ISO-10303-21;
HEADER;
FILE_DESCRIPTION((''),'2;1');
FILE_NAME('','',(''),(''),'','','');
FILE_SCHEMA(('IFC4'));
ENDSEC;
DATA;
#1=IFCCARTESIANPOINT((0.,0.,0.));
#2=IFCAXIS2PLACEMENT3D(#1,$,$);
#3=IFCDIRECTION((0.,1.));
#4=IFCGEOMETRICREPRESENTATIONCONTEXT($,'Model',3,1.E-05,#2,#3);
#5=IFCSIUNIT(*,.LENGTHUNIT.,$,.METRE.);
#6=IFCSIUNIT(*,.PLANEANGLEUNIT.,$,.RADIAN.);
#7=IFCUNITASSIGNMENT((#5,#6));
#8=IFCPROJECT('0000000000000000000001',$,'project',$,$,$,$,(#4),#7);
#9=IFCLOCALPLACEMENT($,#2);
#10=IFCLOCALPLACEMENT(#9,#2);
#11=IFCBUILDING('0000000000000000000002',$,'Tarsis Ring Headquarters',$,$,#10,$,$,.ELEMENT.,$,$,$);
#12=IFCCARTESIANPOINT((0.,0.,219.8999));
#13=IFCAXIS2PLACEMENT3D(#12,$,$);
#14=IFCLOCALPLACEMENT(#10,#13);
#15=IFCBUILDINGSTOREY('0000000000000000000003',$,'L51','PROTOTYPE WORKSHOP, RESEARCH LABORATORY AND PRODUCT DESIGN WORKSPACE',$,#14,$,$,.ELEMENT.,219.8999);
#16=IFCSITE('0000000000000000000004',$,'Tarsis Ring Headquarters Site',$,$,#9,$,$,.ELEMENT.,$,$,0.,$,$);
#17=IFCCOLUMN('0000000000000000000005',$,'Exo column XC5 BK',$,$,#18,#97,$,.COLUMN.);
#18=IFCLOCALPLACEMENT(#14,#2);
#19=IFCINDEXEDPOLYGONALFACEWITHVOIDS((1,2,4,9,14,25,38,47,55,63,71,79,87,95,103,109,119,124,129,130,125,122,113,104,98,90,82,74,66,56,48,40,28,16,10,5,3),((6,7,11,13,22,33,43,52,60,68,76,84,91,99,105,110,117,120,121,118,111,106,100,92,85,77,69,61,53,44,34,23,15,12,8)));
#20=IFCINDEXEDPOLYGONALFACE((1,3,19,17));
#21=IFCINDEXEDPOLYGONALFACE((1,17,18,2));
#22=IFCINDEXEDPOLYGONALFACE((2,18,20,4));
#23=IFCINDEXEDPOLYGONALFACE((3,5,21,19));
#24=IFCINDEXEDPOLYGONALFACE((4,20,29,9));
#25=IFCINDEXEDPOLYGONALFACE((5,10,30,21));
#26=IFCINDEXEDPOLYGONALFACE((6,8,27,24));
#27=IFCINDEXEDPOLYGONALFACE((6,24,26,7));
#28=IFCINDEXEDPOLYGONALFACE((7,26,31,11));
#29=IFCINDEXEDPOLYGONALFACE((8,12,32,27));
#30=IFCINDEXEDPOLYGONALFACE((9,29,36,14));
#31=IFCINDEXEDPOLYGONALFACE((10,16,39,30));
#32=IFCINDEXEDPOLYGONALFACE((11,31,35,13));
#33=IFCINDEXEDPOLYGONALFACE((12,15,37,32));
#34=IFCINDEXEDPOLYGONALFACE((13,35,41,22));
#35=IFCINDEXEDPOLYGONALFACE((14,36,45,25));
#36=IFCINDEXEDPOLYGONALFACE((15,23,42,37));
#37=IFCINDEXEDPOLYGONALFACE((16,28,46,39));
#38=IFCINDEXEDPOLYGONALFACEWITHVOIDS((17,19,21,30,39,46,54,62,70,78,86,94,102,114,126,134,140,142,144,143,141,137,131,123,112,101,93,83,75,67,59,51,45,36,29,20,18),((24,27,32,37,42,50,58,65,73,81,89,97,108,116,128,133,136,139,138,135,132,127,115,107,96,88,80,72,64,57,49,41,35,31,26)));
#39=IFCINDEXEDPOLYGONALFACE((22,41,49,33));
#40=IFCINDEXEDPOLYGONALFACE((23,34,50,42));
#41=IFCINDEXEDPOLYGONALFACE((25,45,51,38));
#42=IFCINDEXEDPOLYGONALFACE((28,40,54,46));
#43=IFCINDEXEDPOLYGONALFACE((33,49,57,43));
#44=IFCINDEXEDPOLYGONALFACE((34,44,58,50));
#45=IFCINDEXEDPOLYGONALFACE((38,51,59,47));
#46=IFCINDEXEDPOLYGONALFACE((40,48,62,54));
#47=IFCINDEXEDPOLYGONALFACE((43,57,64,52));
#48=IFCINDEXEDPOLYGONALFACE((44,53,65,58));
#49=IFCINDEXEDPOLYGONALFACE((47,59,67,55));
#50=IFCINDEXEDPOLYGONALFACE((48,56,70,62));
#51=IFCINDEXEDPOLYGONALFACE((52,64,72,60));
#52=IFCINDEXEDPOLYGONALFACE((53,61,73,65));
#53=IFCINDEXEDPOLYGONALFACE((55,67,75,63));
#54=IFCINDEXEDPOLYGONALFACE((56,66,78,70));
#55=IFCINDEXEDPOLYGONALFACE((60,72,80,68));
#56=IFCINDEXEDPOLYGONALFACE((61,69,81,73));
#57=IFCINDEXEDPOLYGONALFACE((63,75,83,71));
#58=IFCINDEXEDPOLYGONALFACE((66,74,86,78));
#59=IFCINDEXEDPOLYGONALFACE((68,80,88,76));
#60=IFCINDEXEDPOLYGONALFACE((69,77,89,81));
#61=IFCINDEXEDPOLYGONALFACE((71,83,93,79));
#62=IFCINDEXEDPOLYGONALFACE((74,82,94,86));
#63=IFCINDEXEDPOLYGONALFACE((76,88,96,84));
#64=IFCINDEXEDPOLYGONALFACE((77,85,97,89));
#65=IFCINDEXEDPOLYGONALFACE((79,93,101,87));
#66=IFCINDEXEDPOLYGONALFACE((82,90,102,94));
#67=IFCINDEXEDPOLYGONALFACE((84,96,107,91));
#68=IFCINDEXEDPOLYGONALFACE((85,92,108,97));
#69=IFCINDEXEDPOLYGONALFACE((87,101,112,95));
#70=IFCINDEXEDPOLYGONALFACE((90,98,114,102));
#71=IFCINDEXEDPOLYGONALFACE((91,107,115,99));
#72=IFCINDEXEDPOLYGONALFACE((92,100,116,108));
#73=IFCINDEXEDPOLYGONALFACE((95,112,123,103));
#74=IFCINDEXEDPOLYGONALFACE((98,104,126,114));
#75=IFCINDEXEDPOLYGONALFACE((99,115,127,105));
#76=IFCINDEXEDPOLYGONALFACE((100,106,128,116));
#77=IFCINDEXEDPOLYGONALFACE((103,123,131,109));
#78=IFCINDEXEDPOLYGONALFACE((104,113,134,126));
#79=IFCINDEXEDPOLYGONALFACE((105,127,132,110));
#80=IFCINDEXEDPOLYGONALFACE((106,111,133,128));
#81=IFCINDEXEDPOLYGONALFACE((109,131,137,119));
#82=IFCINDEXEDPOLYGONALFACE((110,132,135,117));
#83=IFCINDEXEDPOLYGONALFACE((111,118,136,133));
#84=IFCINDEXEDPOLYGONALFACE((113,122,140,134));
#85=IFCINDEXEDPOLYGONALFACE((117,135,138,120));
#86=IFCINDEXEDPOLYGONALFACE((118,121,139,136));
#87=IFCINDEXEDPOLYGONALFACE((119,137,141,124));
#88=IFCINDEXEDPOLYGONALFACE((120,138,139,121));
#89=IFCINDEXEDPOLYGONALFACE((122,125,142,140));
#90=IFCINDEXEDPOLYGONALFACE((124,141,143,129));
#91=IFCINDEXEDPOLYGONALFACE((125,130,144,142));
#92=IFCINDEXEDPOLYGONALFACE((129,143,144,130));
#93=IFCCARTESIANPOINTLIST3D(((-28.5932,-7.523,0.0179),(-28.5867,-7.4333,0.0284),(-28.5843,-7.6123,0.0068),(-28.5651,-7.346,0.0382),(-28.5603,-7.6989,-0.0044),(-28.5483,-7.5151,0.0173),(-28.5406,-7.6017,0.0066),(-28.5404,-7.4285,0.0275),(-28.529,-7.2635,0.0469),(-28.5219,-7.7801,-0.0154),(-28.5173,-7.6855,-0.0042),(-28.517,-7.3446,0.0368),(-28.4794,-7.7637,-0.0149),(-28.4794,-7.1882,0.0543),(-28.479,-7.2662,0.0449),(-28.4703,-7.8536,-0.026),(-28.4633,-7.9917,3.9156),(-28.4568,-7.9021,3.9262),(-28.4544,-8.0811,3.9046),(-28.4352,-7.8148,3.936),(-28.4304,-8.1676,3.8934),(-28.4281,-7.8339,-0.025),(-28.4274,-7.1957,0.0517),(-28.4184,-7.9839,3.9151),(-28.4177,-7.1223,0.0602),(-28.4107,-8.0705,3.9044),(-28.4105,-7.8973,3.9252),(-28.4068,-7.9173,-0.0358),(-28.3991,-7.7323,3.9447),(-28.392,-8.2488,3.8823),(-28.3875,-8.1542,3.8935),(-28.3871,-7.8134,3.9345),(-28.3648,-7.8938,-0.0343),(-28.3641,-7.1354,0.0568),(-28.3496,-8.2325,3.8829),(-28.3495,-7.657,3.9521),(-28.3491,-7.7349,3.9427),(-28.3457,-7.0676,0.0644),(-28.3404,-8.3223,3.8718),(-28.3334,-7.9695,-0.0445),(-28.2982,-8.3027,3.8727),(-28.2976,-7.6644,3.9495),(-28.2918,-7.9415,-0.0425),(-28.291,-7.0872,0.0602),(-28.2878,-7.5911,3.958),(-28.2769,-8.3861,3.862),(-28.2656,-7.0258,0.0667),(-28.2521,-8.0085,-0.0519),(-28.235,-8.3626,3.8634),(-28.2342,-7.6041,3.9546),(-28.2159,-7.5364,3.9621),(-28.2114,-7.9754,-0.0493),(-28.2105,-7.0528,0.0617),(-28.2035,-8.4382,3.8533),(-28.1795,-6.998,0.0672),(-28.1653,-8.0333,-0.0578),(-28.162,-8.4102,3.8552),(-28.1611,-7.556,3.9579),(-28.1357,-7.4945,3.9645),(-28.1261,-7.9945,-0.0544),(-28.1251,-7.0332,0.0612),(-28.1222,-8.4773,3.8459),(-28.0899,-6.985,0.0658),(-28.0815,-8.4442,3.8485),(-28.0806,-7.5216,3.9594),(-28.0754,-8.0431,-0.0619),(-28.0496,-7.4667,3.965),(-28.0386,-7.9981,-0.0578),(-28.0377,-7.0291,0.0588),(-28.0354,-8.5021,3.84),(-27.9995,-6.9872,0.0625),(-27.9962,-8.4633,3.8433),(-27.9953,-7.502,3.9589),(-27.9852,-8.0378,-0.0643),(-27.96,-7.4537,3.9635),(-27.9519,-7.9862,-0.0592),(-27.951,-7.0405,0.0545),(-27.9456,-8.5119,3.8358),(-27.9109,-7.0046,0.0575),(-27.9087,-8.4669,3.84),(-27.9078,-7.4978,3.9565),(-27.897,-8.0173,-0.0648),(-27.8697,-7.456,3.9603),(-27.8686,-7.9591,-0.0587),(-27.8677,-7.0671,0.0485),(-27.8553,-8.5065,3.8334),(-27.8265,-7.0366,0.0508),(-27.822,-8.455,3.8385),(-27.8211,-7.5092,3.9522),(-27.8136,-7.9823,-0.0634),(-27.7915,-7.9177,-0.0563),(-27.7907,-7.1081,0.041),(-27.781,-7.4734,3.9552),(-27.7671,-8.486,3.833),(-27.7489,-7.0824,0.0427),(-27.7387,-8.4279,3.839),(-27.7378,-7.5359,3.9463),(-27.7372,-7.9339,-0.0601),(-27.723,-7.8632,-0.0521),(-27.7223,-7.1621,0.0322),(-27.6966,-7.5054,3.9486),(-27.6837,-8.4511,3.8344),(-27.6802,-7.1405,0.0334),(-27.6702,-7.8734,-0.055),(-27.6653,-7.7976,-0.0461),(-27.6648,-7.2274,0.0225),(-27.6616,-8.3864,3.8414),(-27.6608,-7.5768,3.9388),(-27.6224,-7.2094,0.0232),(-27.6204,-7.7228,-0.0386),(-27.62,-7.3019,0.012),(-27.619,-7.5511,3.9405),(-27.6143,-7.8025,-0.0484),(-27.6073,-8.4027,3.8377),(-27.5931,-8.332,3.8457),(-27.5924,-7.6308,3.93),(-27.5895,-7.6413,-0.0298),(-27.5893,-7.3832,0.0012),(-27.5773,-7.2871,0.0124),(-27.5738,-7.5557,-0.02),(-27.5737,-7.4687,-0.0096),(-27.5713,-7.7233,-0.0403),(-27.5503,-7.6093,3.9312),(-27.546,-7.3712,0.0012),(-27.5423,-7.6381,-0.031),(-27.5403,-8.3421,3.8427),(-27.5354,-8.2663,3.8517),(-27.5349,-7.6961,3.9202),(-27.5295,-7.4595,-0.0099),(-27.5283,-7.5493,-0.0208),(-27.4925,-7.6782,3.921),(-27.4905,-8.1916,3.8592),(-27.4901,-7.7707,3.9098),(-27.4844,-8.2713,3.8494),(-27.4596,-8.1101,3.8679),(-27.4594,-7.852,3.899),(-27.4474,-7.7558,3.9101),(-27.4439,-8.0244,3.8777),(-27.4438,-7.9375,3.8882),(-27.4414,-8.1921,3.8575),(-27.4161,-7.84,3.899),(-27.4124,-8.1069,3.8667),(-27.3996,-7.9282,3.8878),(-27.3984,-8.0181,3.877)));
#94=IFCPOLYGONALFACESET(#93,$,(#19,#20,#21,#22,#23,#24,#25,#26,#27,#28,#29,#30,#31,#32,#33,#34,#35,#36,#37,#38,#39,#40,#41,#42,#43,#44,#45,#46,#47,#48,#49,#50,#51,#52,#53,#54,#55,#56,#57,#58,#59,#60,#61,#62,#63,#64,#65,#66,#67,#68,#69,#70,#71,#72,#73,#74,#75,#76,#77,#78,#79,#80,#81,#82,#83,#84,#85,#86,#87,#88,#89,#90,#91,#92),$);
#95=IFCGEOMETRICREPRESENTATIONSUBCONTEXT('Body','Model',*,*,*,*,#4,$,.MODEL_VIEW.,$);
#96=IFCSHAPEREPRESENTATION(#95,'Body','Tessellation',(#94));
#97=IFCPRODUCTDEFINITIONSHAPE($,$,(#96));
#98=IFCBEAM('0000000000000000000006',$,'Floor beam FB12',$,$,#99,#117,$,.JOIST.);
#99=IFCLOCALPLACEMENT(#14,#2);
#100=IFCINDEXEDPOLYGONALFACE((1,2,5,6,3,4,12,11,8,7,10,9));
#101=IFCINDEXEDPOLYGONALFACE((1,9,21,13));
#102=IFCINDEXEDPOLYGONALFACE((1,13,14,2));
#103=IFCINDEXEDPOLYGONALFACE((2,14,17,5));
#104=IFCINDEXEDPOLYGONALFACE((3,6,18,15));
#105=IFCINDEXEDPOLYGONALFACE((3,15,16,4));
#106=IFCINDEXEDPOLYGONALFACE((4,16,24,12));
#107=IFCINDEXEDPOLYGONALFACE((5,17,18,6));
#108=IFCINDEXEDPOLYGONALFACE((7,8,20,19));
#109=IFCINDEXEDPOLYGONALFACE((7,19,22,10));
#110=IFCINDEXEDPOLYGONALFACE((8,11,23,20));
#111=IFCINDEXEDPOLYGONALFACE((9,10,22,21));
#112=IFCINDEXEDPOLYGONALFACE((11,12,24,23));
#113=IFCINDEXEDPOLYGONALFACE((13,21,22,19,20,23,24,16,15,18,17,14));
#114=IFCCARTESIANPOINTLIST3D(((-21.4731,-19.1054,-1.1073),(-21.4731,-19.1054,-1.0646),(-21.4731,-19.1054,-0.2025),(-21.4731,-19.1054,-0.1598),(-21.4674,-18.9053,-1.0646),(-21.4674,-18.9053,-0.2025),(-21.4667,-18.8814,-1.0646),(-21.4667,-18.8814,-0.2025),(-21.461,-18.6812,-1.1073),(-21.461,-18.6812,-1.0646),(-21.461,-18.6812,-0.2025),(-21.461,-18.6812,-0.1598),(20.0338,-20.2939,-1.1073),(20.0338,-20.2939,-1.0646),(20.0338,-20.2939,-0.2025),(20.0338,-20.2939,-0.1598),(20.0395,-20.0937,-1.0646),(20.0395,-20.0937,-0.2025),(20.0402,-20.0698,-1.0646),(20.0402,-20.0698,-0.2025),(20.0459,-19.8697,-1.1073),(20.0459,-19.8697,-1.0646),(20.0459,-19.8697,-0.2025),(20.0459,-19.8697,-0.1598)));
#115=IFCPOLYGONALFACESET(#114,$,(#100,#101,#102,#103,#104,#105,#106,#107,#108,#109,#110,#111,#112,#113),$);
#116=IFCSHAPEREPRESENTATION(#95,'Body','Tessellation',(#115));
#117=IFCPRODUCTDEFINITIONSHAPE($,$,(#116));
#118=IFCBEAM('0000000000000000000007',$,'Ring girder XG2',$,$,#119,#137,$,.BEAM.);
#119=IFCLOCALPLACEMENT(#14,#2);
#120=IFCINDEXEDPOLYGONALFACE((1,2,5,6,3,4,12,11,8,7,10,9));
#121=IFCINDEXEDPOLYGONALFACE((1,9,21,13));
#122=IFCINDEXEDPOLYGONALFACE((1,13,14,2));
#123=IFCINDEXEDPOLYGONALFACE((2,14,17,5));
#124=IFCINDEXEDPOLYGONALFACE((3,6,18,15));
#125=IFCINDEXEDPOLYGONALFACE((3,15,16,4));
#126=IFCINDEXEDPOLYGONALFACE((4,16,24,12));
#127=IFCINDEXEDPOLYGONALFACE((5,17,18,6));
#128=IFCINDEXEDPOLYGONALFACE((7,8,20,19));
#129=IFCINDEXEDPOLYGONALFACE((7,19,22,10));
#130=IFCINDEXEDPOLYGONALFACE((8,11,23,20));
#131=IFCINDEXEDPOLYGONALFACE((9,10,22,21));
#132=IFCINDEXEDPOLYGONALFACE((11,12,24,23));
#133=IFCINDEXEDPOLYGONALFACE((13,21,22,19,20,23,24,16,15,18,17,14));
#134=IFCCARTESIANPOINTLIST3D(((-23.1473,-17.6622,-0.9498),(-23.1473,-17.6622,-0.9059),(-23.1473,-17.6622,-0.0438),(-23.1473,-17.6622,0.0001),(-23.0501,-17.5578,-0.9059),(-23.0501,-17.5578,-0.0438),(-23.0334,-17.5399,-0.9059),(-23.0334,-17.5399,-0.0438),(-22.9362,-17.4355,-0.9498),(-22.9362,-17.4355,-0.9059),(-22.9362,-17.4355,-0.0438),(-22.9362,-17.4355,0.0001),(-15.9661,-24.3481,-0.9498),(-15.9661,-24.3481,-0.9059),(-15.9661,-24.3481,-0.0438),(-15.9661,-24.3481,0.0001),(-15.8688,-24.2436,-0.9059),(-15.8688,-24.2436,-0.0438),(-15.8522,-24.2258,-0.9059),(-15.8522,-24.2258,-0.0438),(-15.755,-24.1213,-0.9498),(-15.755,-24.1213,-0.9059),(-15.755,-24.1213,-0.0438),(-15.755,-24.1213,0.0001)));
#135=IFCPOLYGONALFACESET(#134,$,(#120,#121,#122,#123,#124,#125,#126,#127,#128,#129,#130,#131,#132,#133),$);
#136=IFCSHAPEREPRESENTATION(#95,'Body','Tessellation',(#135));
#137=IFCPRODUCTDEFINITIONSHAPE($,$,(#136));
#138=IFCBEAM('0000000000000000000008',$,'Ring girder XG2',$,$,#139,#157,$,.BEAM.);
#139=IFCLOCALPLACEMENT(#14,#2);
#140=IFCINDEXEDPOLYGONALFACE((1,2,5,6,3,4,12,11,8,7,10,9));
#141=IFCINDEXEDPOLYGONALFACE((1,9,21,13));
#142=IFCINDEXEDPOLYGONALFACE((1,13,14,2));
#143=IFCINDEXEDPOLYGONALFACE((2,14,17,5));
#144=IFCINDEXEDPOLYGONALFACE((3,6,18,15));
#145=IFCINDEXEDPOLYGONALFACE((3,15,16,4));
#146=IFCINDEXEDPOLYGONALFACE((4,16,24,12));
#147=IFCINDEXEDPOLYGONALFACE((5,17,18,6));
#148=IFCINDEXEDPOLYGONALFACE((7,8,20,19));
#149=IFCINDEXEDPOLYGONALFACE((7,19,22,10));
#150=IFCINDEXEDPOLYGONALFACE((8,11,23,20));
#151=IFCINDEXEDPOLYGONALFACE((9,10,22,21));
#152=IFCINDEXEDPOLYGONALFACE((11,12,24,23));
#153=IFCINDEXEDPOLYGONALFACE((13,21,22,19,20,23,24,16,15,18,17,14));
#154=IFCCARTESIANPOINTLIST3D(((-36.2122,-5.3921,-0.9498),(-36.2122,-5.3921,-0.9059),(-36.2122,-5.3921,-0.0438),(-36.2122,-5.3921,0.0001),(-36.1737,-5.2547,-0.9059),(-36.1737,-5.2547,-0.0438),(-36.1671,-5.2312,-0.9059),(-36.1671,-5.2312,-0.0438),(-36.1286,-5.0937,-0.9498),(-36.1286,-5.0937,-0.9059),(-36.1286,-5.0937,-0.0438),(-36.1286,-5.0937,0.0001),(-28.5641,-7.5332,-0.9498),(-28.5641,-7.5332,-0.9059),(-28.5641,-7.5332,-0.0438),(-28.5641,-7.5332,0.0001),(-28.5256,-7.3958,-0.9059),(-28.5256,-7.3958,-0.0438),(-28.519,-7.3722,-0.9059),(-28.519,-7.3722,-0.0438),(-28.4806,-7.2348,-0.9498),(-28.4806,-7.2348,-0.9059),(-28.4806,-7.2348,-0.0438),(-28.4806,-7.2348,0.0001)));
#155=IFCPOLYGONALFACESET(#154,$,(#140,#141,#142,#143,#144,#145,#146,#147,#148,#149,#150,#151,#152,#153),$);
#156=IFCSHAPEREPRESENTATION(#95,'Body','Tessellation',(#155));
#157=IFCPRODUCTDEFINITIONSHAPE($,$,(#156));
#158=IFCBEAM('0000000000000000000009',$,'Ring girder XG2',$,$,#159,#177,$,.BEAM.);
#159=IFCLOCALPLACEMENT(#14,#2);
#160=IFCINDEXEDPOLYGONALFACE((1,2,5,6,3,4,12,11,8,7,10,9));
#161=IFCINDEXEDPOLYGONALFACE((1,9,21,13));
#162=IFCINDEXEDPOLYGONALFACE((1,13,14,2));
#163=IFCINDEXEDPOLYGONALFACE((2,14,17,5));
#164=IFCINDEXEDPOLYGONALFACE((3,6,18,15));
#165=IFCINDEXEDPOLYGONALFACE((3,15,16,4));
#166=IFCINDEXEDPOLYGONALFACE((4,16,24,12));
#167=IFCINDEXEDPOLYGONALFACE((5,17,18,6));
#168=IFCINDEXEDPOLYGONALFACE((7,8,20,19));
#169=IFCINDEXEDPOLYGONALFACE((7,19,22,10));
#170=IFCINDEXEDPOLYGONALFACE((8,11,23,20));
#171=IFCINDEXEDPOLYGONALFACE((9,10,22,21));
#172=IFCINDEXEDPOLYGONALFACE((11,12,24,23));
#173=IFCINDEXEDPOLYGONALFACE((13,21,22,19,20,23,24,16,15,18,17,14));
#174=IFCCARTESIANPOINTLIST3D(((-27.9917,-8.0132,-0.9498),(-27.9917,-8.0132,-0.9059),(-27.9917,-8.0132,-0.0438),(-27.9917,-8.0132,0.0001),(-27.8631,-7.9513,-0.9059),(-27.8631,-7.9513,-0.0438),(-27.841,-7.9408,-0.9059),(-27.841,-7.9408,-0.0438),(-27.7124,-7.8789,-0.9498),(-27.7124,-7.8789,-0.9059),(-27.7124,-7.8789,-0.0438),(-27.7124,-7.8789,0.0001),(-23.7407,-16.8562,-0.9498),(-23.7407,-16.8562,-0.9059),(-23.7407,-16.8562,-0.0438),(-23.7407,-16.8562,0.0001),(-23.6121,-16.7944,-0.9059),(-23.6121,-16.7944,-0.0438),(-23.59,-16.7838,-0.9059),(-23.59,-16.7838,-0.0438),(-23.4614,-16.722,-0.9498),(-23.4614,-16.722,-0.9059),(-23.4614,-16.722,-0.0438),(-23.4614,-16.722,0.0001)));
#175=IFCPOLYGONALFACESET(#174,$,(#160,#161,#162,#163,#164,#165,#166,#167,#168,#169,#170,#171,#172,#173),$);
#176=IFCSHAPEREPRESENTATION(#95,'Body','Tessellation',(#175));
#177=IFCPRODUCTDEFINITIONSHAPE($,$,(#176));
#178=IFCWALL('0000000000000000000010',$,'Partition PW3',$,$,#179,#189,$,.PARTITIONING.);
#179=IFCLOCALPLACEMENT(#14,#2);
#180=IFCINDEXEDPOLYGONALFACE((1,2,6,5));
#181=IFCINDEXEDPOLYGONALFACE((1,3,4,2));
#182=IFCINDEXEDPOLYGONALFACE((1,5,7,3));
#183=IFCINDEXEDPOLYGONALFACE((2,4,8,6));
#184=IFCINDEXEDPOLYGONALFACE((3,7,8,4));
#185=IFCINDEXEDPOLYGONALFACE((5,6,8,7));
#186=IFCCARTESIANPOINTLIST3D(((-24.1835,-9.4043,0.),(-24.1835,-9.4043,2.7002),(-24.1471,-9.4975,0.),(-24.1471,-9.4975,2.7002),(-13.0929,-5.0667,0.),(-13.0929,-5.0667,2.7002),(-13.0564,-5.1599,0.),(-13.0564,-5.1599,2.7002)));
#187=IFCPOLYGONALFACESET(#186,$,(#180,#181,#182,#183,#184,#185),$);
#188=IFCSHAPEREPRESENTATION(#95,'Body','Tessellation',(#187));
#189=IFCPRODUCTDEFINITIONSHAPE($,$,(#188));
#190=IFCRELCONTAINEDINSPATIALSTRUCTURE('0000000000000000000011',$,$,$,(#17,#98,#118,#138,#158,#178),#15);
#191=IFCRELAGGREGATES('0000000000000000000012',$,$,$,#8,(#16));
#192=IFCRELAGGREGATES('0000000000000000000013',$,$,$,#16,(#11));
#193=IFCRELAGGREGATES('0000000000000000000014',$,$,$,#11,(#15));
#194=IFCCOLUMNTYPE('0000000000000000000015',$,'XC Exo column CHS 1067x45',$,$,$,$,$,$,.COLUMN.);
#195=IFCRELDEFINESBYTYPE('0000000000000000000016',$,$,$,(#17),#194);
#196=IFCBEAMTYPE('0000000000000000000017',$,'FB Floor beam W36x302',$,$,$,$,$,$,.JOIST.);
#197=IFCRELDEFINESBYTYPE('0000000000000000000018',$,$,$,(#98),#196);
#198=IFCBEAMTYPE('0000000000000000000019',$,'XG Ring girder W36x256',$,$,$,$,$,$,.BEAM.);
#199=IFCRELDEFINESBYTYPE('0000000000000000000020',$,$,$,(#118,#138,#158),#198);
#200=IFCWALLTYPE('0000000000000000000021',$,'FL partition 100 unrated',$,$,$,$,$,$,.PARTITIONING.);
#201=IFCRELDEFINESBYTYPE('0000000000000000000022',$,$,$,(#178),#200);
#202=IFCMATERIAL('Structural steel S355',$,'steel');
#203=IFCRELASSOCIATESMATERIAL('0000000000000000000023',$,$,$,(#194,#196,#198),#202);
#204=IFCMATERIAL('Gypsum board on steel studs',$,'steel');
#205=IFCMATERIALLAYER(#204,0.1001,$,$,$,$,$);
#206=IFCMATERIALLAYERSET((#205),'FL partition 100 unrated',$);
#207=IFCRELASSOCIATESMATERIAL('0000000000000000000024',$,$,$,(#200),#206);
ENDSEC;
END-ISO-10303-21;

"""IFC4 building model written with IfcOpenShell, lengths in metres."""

from ifc_helpers import new_model, si_unit, direction, frame, frame_2d, origin, origin_2d, place, context, subcontext, project, spatial, rectangle, hollow_circle, i_section, extrude, material, layer, layer_set, material_profile, profile_set, type_object, element, save


model = new_model("IFC4")

# Units and contexts
model_context = context("Model", 3, precision=1e-05, world=origin(), true_north=direction((0.0, 1.0)))
body_context = subcontext(model_context, "Body", "Model", "MODEL_VIEW")
ifc_project = project(units=[si_unit("LENGTHUNIT", "METRE"), si_unit("PLANEANGLEUNIT", "RADIAN")], contexts=[model_context])

# Site, building, storey
site_placement = place(None, origin())
site = spatial("IfcSite", under=ifc_project, at=site_placement, Name="Tarsis Ring Headquarters Site", CompositionType="ELEMENT", RefElevation=0.0)
building_placement = place(site_placement, origin())
building = spatial("IfcBuilding", under=site, at=building_placement, Name="Tarsis Ring Headquarters", CompositionType="ELEMENT")
storey_placement = place(building_placement, frame((0.0, 0.0, 219.8999)))
storey = spatial("IfcBuildingStorey", under=building, at=storey_placement, Name="L51", Description="PROTOTYPE WORKSHOP, RESEARCH LABORATORY AND PRODUCT DESIGN WORKSPACE", CompositionType="ELEMENT", Elevation=219.8999)

# Column
ifc_material_1 = material(Name="Structural steel S355", Category="steel")
ifc_material_profile_1 = material_profile(ifc_material_1, hollow_circle(Radius=0.5334, WallThickness=0.0449, at=origin_2d()), Name="CHS 1067x45")
ifc_profile_set_1 = profile_set([ifc_material_profile_1], Name="Structural steel S355")
column_type = type_object("IfcColumnType", Name="XC Exo column CHS 1067x45", PredefinedType="COLUMN", material=ifc_profile_set_1)
column_1_placement = place(storey_placement, frame((-28.0601, -7.5137, 0.0012), z_axis=(0.033066, -0.119337, 0.992303), x_axis=(0.96369, 0.267023, 0.0)))
element("IfcColumn", 1, at=column_1_placement, inside=storey, type_object=column_type, Name="Exo column XC5 BK", PredefinedType="COLUMN", context=body_context, shape_type="SweptSolid", body=[
    extrude(hollow_circle(Radius=0.5334, WallThickness=0.0449, at=origin_2d()), origin(), (0.0, 0.0, 1.0), 3.928),
])

# Beams
ifc_material_profile_2 = material_profile(ifc_material_1, i_section(OverallWidth=0.4243, OverallDepth=0.9475, WebThickness=0.0239, FlangeThickness=0.0427, at=origin_2d()), Name="W36x302")
ifc_profile_set_2 = profile_set([ifc_material_profile_2], Name="Structural steel S355")
beam_type_1 = type_object("IfcBeamType", Name="FB Floor beam W36x302", PredefinedType="JOIST", material=ifc_profile_set_2)
beam_1_placement = place(storey_placement, frame((-21.467, -18.8933, -0.6335), z_axis=(0.99959, -0.028622, 0.0), x_axis=(0.028622, 0.99959, 0.0)))
element("IfcBeam", 2, at=beam_1_placement, inside=storey, type_object=beam_type_1, Name="Floor beam FB12", PredefinedType="JOIST", context=body_context, shape_type="SweptSolid", body=[
    extrude(i_section(OverallWidth=0.4243, OverallDepth=0.9475, WebThickness=0.0239, FlangeThickness=0.0427, at=origin_2d()), origin(), (0.0, 0.0, 1.0), 41.5239),
])
ifc_material_profile_3 = material_profile(ifc_material_1, i_section(OverallWidth=0.3098, OverallDepth=0.95, WebThickness=0.0244, FlangeThickness=0.0439, at=origin_2d()), Name="W36x256")
ifc_profile_set_3 = profile_set([ifc_material_profile_3], Name="Structural steel S355")
beam_type_2 = type_object("IfcBeamType", Name="XG Ring girder W36x256", PredefinedType="BEAM", material=ifc_profile_set_3)
beam_2_placement = place(storey_placement, frame((-23.0417, -17.5488, -0.4749), z_axis=(0.7319, -0.681413, 0.0), x_axis=(0.681413, 0.7319, 0.0)))
element("IfcBeam", 3, at=beam_2_placement, inside=storey, type_object=beam_type_2, Name="Ring girder XG2", PredefinedType="BEAM", context=body_context, shape_type="SweptSolid", body=[
    extrude(i_section(OverallWidth=0.3098, OverallDepth=0.95, WebThickness=0.0244, FlangeThickness=0.0439, at=origin_2d()), origin(), (0.0, 0.0, 1.0), 9.8118),
])
beam_3_placement = place(storey_placement, frame((-36.1704, -5.2429, -0.4749), z_axis=(0.962976, -0.269585, 0.0), x_axis=(0.269585, 0.962976, 0.0)))
element("IfcBeam", 4, at=beam_3_placement, inside=storey, type_object=beam_type_2, Name="Ring girder XG2", PredefinedType="BEAM", context=body_context, shape_type="SweptSolid", body=[
    extrude(i_section(OverallWidth=0.3098, OverallDepth=0.95, WebThickness=0.0244, FlangeThickness=0.0439, at=origin_2d()), origin(), (0.0, 0.0, 1.0), 7.9421),
])
beam_4_placement = place(storey_placement, frame((-27.8521, -7.946, -0.4749), z_axis=(0.433255, -0.901271, 0.0), x_axis=(0.901271, 0.433255, 0.0)))
element("IfcBeam", 5, at=beam_4_placement, inside=storey, type_object=beam_type_2, Name="Ring girder XG2", PredefinedType="BEAM", context=body_context, shape_type="SweptSolid", body=[
    extrude(i_section(OverallWidth=0.3098, OverallDepth=0.95, WebThickness=0.0244, FlangeThickness=0.0439, at=origin_2d()), origin(), (0.0, 0.0, 1.0), 9.8118),
])

# Wall
ifc_material_2 = material(Name="Gypsum board on steel studs", Category="steel")
ifc_layer_1 = layer(ifc_material_2, 0.1001)
ifc_layer_set_1 = layer_set([ifc_layer_1], Name="FL partition 100 unrated")
wall_type_1 = type_object("IfcWallType", Name="FL partition 100 unrated", PredefinedType="PARTITIONING", material=ifc_layer_set_1)
wall_1_placement = place(storey_placement, frame((-24.1653, -9.4509, 0.0), z_axis=(0.0, 0.0, 1.0), x_axis=(0.931304, 0.364243, 0.0)))
element("IfcWall", 6, at=wall_1_placement, inside=storey, type_object=wall_type_1, Name="Partition PW3", PredefinedType="PARTITIONING", context=body_context, shape_type="SweptSolid", body=[
    extrude(rectangle(XDim=11.9087, YDim=0.1001, at=frame_2d((5.9543, 0.0))), origin(), (0.0, 0.0, 1.0), 2.7002),
])

save(model, "model.ifc")
